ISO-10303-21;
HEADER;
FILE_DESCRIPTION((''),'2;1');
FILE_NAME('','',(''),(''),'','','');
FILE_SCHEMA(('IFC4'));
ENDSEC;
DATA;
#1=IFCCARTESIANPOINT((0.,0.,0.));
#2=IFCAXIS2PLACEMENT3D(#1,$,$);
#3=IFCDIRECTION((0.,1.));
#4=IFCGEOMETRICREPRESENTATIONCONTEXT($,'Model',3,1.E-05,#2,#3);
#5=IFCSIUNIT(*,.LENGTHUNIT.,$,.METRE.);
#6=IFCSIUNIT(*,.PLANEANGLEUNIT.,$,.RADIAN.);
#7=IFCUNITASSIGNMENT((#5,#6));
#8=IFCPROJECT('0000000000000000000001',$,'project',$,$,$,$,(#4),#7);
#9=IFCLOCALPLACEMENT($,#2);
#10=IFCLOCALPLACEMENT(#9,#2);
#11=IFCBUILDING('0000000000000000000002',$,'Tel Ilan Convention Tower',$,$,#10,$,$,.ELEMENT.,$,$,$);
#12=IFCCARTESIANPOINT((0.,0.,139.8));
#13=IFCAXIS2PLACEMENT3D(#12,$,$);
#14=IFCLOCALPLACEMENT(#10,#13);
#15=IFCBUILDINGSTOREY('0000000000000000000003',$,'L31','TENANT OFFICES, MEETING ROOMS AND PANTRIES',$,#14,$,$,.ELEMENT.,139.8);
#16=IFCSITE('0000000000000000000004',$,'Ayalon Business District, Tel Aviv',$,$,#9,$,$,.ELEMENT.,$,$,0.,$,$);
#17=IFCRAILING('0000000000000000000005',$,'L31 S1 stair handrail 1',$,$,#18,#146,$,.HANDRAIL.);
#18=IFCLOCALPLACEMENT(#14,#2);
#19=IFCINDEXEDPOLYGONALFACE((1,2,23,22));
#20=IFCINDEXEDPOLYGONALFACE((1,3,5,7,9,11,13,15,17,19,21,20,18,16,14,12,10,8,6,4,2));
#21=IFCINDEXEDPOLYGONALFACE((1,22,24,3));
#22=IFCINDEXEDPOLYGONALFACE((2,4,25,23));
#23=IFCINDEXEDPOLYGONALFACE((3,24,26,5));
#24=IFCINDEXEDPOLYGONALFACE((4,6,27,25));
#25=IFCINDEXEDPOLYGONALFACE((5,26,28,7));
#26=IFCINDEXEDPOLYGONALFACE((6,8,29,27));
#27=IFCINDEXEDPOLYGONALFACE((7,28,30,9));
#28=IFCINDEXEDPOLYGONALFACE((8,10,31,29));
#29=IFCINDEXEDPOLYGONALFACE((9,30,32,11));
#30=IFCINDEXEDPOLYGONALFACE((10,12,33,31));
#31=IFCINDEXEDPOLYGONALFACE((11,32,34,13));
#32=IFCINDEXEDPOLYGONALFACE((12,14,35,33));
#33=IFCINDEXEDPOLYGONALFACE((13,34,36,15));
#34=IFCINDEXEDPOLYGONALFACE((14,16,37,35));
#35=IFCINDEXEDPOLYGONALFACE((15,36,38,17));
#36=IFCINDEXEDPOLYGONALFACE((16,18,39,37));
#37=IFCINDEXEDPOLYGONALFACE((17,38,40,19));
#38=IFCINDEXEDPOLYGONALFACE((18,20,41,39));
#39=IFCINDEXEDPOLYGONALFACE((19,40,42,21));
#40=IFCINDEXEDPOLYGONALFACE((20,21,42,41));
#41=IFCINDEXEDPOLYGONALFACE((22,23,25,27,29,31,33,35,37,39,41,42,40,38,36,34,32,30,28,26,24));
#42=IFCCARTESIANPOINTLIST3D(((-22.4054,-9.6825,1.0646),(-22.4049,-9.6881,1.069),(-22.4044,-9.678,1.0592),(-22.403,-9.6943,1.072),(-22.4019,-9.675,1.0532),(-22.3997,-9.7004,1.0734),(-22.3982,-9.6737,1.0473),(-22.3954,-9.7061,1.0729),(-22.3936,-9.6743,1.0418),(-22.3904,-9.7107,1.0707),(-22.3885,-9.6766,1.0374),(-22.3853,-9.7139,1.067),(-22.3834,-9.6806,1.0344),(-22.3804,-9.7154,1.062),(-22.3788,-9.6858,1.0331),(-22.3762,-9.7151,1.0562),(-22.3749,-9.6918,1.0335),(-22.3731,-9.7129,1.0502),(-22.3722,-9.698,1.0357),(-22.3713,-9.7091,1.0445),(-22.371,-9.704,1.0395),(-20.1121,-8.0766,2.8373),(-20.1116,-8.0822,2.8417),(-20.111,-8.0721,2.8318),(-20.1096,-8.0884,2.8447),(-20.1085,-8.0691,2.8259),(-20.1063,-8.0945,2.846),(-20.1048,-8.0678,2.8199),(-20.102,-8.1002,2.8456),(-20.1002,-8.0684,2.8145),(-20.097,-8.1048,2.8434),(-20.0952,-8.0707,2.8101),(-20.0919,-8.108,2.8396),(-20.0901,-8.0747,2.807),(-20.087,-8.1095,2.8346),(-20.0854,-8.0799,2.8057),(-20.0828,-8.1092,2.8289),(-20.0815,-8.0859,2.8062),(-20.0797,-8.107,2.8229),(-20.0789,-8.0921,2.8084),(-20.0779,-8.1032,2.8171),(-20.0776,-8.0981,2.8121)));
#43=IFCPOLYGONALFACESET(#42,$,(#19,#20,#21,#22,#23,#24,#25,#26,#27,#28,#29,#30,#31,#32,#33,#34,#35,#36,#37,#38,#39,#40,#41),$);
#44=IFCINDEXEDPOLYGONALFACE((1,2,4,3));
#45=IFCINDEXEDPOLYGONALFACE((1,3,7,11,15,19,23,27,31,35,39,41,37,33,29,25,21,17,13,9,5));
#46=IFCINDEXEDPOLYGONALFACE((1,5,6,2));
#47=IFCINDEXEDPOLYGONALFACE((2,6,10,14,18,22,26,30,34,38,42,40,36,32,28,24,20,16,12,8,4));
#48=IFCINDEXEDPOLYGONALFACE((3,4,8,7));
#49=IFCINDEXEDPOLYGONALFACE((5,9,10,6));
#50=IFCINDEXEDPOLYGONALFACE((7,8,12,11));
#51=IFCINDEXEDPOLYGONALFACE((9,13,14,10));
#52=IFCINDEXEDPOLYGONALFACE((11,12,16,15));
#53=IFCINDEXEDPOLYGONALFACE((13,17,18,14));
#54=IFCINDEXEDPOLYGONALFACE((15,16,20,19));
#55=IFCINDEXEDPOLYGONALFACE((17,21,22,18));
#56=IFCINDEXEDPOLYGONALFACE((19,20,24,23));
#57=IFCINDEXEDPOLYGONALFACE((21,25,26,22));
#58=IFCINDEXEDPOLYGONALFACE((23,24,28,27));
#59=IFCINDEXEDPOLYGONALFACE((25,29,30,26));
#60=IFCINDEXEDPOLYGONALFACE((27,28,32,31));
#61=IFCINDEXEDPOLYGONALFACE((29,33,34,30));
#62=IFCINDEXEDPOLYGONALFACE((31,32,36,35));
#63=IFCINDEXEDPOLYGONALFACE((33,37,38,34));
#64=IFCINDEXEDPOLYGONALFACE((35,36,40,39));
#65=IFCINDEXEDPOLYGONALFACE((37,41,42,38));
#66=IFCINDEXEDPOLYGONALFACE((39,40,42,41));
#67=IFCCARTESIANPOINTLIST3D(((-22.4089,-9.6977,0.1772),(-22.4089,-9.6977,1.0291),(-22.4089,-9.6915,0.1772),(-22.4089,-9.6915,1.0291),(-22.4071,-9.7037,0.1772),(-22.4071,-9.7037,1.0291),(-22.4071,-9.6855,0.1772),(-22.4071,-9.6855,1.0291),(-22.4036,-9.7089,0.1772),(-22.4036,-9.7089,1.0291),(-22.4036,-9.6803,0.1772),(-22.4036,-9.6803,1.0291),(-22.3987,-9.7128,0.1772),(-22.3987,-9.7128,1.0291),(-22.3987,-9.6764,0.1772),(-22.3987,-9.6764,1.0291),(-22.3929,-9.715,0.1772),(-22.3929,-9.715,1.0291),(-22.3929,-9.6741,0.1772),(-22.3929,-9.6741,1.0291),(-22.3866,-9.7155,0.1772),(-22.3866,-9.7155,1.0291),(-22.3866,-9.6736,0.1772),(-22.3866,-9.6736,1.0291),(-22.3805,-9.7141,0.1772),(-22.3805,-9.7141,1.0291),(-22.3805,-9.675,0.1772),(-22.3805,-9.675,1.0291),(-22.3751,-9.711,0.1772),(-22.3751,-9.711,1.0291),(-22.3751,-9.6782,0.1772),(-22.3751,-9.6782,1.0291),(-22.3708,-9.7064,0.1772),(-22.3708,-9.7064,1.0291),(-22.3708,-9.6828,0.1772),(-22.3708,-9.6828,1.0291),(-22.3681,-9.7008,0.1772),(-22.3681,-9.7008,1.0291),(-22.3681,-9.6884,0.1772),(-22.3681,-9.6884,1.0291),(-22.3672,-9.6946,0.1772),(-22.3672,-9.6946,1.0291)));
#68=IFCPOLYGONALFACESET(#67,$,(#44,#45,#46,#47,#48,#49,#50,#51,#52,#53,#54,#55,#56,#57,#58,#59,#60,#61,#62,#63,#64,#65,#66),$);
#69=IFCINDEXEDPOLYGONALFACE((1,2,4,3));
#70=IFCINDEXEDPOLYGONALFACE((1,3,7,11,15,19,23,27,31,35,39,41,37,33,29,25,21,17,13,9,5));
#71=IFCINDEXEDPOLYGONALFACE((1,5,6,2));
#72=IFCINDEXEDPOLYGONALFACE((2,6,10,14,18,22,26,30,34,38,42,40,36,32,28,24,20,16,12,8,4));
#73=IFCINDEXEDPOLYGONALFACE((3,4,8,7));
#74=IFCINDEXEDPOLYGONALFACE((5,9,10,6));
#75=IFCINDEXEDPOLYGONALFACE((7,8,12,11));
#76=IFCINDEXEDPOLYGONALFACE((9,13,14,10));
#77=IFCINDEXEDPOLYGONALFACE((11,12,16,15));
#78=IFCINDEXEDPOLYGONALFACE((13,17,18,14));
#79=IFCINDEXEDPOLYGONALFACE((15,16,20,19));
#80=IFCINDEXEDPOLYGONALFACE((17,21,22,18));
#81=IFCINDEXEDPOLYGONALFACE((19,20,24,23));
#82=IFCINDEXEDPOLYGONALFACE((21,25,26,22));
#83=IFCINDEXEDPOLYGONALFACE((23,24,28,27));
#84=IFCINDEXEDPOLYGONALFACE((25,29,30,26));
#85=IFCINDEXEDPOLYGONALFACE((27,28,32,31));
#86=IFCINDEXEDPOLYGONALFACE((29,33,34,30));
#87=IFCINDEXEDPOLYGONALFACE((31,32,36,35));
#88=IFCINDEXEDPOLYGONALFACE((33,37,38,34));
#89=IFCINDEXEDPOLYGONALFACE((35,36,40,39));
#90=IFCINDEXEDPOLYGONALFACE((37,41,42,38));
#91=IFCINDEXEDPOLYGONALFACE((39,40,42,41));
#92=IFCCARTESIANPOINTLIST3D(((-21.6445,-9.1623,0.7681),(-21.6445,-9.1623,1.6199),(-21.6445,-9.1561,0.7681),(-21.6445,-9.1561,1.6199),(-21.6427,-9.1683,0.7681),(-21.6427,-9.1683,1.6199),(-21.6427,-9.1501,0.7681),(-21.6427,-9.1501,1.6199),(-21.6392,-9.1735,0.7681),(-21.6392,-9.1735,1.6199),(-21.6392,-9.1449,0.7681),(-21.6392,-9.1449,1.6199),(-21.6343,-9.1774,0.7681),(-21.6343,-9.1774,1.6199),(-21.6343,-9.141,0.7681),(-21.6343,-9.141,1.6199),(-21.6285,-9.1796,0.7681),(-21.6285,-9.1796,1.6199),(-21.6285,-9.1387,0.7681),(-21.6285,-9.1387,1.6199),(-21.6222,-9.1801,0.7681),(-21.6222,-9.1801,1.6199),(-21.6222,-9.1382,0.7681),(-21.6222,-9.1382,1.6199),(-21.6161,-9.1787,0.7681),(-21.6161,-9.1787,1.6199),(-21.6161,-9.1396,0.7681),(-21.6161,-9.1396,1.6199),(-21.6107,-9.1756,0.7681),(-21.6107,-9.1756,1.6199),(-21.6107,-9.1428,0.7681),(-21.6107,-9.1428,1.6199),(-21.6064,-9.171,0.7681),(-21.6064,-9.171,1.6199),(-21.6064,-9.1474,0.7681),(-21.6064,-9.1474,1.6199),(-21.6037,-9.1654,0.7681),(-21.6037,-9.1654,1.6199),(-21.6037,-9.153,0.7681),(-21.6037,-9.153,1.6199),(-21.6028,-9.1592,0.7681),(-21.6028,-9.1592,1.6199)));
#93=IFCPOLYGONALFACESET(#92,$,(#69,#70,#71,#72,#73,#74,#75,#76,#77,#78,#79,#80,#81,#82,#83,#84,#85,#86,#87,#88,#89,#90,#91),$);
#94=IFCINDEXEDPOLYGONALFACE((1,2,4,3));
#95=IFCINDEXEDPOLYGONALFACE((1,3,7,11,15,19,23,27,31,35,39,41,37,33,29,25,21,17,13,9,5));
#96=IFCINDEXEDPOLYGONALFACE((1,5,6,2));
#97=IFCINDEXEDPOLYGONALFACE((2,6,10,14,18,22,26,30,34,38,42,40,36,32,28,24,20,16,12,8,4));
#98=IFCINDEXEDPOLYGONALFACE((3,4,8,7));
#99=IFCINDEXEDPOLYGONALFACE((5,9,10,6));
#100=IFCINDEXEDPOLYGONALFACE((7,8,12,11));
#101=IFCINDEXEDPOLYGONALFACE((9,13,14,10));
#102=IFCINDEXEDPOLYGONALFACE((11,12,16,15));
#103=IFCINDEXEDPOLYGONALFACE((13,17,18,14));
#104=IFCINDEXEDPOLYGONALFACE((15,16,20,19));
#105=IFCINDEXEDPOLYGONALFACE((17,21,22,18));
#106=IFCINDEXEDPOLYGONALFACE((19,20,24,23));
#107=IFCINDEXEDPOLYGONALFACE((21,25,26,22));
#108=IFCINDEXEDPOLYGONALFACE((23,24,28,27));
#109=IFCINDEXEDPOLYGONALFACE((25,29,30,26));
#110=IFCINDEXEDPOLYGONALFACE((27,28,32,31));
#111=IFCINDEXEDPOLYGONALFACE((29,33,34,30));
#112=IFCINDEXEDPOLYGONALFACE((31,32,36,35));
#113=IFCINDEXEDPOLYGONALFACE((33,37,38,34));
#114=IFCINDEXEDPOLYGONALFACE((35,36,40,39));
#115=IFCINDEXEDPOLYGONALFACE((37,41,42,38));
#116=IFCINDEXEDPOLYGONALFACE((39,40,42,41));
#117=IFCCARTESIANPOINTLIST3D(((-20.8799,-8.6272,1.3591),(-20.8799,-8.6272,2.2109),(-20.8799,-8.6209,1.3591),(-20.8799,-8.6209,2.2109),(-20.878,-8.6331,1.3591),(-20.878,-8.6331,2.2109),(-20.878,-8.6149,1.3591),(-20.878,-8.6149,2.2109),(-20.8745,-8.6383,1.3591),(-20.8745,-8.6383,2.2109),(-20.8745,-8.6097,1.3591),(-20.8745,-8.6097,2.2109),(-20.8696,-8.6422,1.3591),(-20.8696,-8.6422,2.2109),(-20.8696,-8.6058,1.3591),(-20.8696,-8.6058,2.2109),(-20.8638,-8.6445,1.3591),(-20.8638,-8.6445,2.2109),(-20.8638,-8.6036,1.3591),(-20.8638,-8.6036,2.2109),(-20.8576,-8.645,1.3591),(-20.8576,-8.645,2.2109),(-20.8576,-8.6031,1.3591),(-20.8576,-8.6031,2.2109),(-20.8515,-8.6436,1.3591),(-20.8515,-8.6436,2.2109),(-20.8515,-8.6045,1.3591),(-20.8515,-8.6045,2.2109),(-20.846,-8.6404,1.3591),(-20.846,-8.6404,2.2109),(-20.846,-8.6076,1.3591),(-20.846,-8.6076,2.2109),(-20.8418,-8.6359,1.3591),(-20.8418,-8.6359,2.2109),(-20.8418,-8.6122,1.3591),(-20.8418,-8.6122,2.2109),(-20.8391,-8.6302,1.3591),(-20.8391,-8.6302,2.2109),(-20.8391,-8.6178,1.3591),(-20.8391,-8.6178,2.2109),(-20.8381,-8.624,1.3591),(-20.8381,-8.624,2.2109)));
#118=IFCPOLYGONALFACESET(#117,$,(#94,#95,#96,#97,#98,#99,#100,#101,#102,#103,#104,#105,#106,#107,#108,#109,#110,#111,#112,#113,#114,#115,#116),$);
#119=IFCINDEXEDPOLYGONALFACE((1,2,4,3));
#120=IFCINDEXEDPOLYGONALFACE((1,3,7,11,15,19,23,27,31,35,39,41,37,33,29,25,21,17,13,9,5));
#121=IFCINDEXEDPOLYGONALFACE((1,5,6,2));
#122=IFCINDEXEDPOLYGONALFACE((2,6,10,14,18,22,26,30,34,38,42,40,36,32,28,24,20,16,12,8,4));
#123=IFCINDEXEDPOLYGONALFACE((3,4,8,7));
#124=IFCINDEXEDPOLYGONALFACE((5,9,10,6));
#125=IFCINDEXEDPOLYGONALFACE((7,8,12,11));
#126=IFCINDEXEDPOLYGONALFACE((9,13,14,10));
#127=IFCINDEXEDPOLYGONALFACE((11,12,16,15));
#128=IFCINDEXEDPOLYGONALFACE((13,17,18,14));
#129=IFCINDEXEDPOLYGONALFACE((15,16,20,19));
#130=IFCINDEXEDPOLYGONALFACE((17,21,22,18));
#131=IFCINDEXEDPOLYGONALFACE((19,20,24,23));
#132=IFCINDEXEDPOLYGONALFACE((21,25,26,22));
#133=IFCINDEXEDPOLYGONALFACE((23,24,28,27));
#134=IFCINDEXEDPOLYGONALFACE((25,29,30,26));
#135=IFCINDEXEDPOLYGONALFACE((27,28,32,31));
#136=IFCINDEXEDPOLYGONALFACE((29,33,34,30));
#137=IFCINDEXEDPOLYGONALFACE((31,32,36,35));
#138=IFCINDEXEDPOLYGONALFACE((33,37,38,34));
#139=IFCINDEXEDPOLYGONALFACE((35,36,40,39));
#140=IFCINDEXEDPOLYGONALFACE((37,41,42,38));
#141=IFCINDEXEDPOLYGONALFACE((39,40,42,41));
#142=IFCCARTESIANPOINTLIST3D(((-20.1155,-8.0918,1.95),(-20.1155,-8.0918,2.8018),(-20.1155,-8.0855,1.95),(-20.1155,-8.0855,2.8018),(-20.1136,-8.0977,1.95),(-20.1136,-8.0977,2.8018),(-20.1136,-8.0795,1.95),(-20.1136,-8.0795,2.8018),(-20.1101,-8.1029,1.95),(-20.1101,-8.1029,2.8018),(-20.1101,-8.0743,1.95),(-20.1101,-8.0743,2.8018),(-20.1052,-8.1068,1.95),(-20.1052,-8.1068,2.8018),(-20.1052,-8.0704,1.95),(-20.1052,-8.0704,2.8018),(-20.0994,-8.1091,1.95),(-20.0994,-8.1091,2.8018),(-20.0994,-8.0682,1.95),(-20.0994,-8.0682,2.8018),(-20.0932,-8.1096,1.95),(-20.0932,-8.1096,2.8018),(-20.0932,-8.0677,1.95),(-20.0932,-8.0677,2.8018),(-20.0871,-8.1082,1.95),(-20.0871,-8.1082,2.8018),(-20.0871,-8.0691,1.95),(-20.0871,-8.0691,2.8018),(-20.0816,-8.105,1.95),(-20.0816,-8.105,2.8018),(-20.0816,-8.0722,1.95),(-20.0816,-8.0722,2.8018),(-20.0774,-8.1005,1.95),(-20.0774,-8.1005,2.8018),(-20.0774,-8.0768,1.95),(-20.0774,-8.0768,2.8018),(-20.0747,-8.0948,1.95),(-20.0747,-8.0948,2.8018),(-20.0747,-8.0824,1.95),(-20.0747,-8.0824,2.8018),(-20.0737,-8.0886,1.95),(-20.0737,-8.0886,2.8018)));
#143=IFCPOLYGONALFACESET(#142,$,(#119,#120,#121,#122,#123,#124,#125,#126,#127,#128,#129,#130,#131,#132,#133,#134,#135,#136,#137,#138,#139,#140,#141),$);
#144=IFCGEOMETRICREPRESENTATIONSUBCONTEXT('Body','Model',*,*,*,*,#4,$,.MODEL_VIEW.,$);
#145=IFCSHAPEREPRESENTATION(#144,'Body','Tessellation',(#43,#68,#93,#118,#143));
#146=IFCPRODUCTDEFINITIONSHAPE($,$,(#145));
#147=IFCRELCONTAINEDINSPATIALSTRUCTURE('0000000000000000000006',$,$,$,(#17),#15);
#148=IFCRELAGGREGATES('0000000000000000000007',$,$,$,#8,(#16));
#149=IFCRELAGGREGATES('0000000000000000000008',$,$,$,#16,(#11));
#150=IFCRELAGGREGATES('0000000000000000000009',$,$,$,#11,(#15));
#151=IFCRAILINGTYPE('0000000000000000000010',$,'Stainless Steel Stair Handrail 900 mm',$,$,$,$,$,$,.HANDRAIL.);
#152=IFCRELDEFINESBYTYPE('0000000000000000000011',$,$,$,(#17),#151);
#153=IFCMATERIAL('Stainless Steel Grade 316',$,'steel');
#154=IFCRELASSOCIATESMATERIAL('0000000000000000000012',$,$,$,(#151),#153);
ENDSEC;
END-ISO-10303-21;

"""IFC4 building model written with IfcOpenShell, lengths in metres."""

from ifc_helpers import new_model, si_unit, direction, frame, origin, origin_2d, place, context, subcontext, project, spatial, circle, extrude, material, type_object, element, save


model = new_model("IFC4")

# Units and contexts
model_context = context("Model", 3, precision=1e-05, world=origin(), true_north=direction((0.0, 1.0)))
body_context = subcontext(model_context, "Body", "Model", "MODEL_VIEW")
ifc_project = project(units=[si_unit("LENGTHUNIT", "METRE"), si_unit("PLANEANGLEUNIT", "RADIAN")], contexts=[model_context])

# Site, building, storey
site_placement = place(None, origin())
site = spatial("IfcSite", under=ifc_project, at=site_placement, Name="Ayalon Business District, Tel Aviv", CompositionType="ELEMENT", RefElevation=0.0)
building_placement = place(site_placement, origin())
building = spatial("IfcBuilding", under=site, at=building_placement, Name="Tel Ilan Convention Tower", CompositionType="ELEMENT")
storey_placement = place(building_placement, frame((0.0, 0.0, 139.8)))
storey = spatial("IfcBuildingStorey", under=building, at=storey_placement, Name="L31", Description="TENANT OFFICES, MEETING ROOMS AND PANTRIES", CompositionType="ELEMENT", Elevation=139.8)

# Railing
ifc_material_1 = material(Name="Stainless Steel Grade 316", Category="steel")
railing_type_1 = type_object("IfcRailingType", Name="Stainless Steel Stair Handrail 900 mm", PredefinedType="HANDRAIL", material=ifc_material_1)
railing_1_placement = place(storey_placement, frame((-22.3882, -9.6946, 0.1772)))
element("IfcRailing", 1, at=railing_1_placement, inside=storey, type_object=railing_type_1, Name="L31 S1 stair handrail 1", PredefinedType="HANDRAIL", context=body_context, shape_type="SweptSolid", body=[
    extrude(circle(Radius=0.0239, at=origin_2d()), frame((0.0, 0.0, 0.876), z_axis=(0.692085, 0.484621, 0.53494), x_axis=(-0.573591, 0.819142, 0.0)), (0.0, 0.0, 1.0), 3.3137),
    extrude(circle(Radius=0.021, at=origin_2d()), origin(), (0.0, 0.0, 1.0), 0.8518),
    extrude(circle(Radius=0.021, at=origin_2d()), frame((0.7644, 0.5354, 0.5908)), (0.0, 0.0, 1.0), 0.8518),
    extrude(circle(Radius=0.021, at=origin_2d()), frame((1.5291, 1.0706, 1.1819)), (0.0, 0.0, 1.0), 0.8518),
    extrude(circle(Radius=0.021, at=origin_2d()), frame((2.2935, 1.606, 1.7727)), (0.0, 0.0, 1.0), 0.8518),
])

save(model, "model.ifc")
